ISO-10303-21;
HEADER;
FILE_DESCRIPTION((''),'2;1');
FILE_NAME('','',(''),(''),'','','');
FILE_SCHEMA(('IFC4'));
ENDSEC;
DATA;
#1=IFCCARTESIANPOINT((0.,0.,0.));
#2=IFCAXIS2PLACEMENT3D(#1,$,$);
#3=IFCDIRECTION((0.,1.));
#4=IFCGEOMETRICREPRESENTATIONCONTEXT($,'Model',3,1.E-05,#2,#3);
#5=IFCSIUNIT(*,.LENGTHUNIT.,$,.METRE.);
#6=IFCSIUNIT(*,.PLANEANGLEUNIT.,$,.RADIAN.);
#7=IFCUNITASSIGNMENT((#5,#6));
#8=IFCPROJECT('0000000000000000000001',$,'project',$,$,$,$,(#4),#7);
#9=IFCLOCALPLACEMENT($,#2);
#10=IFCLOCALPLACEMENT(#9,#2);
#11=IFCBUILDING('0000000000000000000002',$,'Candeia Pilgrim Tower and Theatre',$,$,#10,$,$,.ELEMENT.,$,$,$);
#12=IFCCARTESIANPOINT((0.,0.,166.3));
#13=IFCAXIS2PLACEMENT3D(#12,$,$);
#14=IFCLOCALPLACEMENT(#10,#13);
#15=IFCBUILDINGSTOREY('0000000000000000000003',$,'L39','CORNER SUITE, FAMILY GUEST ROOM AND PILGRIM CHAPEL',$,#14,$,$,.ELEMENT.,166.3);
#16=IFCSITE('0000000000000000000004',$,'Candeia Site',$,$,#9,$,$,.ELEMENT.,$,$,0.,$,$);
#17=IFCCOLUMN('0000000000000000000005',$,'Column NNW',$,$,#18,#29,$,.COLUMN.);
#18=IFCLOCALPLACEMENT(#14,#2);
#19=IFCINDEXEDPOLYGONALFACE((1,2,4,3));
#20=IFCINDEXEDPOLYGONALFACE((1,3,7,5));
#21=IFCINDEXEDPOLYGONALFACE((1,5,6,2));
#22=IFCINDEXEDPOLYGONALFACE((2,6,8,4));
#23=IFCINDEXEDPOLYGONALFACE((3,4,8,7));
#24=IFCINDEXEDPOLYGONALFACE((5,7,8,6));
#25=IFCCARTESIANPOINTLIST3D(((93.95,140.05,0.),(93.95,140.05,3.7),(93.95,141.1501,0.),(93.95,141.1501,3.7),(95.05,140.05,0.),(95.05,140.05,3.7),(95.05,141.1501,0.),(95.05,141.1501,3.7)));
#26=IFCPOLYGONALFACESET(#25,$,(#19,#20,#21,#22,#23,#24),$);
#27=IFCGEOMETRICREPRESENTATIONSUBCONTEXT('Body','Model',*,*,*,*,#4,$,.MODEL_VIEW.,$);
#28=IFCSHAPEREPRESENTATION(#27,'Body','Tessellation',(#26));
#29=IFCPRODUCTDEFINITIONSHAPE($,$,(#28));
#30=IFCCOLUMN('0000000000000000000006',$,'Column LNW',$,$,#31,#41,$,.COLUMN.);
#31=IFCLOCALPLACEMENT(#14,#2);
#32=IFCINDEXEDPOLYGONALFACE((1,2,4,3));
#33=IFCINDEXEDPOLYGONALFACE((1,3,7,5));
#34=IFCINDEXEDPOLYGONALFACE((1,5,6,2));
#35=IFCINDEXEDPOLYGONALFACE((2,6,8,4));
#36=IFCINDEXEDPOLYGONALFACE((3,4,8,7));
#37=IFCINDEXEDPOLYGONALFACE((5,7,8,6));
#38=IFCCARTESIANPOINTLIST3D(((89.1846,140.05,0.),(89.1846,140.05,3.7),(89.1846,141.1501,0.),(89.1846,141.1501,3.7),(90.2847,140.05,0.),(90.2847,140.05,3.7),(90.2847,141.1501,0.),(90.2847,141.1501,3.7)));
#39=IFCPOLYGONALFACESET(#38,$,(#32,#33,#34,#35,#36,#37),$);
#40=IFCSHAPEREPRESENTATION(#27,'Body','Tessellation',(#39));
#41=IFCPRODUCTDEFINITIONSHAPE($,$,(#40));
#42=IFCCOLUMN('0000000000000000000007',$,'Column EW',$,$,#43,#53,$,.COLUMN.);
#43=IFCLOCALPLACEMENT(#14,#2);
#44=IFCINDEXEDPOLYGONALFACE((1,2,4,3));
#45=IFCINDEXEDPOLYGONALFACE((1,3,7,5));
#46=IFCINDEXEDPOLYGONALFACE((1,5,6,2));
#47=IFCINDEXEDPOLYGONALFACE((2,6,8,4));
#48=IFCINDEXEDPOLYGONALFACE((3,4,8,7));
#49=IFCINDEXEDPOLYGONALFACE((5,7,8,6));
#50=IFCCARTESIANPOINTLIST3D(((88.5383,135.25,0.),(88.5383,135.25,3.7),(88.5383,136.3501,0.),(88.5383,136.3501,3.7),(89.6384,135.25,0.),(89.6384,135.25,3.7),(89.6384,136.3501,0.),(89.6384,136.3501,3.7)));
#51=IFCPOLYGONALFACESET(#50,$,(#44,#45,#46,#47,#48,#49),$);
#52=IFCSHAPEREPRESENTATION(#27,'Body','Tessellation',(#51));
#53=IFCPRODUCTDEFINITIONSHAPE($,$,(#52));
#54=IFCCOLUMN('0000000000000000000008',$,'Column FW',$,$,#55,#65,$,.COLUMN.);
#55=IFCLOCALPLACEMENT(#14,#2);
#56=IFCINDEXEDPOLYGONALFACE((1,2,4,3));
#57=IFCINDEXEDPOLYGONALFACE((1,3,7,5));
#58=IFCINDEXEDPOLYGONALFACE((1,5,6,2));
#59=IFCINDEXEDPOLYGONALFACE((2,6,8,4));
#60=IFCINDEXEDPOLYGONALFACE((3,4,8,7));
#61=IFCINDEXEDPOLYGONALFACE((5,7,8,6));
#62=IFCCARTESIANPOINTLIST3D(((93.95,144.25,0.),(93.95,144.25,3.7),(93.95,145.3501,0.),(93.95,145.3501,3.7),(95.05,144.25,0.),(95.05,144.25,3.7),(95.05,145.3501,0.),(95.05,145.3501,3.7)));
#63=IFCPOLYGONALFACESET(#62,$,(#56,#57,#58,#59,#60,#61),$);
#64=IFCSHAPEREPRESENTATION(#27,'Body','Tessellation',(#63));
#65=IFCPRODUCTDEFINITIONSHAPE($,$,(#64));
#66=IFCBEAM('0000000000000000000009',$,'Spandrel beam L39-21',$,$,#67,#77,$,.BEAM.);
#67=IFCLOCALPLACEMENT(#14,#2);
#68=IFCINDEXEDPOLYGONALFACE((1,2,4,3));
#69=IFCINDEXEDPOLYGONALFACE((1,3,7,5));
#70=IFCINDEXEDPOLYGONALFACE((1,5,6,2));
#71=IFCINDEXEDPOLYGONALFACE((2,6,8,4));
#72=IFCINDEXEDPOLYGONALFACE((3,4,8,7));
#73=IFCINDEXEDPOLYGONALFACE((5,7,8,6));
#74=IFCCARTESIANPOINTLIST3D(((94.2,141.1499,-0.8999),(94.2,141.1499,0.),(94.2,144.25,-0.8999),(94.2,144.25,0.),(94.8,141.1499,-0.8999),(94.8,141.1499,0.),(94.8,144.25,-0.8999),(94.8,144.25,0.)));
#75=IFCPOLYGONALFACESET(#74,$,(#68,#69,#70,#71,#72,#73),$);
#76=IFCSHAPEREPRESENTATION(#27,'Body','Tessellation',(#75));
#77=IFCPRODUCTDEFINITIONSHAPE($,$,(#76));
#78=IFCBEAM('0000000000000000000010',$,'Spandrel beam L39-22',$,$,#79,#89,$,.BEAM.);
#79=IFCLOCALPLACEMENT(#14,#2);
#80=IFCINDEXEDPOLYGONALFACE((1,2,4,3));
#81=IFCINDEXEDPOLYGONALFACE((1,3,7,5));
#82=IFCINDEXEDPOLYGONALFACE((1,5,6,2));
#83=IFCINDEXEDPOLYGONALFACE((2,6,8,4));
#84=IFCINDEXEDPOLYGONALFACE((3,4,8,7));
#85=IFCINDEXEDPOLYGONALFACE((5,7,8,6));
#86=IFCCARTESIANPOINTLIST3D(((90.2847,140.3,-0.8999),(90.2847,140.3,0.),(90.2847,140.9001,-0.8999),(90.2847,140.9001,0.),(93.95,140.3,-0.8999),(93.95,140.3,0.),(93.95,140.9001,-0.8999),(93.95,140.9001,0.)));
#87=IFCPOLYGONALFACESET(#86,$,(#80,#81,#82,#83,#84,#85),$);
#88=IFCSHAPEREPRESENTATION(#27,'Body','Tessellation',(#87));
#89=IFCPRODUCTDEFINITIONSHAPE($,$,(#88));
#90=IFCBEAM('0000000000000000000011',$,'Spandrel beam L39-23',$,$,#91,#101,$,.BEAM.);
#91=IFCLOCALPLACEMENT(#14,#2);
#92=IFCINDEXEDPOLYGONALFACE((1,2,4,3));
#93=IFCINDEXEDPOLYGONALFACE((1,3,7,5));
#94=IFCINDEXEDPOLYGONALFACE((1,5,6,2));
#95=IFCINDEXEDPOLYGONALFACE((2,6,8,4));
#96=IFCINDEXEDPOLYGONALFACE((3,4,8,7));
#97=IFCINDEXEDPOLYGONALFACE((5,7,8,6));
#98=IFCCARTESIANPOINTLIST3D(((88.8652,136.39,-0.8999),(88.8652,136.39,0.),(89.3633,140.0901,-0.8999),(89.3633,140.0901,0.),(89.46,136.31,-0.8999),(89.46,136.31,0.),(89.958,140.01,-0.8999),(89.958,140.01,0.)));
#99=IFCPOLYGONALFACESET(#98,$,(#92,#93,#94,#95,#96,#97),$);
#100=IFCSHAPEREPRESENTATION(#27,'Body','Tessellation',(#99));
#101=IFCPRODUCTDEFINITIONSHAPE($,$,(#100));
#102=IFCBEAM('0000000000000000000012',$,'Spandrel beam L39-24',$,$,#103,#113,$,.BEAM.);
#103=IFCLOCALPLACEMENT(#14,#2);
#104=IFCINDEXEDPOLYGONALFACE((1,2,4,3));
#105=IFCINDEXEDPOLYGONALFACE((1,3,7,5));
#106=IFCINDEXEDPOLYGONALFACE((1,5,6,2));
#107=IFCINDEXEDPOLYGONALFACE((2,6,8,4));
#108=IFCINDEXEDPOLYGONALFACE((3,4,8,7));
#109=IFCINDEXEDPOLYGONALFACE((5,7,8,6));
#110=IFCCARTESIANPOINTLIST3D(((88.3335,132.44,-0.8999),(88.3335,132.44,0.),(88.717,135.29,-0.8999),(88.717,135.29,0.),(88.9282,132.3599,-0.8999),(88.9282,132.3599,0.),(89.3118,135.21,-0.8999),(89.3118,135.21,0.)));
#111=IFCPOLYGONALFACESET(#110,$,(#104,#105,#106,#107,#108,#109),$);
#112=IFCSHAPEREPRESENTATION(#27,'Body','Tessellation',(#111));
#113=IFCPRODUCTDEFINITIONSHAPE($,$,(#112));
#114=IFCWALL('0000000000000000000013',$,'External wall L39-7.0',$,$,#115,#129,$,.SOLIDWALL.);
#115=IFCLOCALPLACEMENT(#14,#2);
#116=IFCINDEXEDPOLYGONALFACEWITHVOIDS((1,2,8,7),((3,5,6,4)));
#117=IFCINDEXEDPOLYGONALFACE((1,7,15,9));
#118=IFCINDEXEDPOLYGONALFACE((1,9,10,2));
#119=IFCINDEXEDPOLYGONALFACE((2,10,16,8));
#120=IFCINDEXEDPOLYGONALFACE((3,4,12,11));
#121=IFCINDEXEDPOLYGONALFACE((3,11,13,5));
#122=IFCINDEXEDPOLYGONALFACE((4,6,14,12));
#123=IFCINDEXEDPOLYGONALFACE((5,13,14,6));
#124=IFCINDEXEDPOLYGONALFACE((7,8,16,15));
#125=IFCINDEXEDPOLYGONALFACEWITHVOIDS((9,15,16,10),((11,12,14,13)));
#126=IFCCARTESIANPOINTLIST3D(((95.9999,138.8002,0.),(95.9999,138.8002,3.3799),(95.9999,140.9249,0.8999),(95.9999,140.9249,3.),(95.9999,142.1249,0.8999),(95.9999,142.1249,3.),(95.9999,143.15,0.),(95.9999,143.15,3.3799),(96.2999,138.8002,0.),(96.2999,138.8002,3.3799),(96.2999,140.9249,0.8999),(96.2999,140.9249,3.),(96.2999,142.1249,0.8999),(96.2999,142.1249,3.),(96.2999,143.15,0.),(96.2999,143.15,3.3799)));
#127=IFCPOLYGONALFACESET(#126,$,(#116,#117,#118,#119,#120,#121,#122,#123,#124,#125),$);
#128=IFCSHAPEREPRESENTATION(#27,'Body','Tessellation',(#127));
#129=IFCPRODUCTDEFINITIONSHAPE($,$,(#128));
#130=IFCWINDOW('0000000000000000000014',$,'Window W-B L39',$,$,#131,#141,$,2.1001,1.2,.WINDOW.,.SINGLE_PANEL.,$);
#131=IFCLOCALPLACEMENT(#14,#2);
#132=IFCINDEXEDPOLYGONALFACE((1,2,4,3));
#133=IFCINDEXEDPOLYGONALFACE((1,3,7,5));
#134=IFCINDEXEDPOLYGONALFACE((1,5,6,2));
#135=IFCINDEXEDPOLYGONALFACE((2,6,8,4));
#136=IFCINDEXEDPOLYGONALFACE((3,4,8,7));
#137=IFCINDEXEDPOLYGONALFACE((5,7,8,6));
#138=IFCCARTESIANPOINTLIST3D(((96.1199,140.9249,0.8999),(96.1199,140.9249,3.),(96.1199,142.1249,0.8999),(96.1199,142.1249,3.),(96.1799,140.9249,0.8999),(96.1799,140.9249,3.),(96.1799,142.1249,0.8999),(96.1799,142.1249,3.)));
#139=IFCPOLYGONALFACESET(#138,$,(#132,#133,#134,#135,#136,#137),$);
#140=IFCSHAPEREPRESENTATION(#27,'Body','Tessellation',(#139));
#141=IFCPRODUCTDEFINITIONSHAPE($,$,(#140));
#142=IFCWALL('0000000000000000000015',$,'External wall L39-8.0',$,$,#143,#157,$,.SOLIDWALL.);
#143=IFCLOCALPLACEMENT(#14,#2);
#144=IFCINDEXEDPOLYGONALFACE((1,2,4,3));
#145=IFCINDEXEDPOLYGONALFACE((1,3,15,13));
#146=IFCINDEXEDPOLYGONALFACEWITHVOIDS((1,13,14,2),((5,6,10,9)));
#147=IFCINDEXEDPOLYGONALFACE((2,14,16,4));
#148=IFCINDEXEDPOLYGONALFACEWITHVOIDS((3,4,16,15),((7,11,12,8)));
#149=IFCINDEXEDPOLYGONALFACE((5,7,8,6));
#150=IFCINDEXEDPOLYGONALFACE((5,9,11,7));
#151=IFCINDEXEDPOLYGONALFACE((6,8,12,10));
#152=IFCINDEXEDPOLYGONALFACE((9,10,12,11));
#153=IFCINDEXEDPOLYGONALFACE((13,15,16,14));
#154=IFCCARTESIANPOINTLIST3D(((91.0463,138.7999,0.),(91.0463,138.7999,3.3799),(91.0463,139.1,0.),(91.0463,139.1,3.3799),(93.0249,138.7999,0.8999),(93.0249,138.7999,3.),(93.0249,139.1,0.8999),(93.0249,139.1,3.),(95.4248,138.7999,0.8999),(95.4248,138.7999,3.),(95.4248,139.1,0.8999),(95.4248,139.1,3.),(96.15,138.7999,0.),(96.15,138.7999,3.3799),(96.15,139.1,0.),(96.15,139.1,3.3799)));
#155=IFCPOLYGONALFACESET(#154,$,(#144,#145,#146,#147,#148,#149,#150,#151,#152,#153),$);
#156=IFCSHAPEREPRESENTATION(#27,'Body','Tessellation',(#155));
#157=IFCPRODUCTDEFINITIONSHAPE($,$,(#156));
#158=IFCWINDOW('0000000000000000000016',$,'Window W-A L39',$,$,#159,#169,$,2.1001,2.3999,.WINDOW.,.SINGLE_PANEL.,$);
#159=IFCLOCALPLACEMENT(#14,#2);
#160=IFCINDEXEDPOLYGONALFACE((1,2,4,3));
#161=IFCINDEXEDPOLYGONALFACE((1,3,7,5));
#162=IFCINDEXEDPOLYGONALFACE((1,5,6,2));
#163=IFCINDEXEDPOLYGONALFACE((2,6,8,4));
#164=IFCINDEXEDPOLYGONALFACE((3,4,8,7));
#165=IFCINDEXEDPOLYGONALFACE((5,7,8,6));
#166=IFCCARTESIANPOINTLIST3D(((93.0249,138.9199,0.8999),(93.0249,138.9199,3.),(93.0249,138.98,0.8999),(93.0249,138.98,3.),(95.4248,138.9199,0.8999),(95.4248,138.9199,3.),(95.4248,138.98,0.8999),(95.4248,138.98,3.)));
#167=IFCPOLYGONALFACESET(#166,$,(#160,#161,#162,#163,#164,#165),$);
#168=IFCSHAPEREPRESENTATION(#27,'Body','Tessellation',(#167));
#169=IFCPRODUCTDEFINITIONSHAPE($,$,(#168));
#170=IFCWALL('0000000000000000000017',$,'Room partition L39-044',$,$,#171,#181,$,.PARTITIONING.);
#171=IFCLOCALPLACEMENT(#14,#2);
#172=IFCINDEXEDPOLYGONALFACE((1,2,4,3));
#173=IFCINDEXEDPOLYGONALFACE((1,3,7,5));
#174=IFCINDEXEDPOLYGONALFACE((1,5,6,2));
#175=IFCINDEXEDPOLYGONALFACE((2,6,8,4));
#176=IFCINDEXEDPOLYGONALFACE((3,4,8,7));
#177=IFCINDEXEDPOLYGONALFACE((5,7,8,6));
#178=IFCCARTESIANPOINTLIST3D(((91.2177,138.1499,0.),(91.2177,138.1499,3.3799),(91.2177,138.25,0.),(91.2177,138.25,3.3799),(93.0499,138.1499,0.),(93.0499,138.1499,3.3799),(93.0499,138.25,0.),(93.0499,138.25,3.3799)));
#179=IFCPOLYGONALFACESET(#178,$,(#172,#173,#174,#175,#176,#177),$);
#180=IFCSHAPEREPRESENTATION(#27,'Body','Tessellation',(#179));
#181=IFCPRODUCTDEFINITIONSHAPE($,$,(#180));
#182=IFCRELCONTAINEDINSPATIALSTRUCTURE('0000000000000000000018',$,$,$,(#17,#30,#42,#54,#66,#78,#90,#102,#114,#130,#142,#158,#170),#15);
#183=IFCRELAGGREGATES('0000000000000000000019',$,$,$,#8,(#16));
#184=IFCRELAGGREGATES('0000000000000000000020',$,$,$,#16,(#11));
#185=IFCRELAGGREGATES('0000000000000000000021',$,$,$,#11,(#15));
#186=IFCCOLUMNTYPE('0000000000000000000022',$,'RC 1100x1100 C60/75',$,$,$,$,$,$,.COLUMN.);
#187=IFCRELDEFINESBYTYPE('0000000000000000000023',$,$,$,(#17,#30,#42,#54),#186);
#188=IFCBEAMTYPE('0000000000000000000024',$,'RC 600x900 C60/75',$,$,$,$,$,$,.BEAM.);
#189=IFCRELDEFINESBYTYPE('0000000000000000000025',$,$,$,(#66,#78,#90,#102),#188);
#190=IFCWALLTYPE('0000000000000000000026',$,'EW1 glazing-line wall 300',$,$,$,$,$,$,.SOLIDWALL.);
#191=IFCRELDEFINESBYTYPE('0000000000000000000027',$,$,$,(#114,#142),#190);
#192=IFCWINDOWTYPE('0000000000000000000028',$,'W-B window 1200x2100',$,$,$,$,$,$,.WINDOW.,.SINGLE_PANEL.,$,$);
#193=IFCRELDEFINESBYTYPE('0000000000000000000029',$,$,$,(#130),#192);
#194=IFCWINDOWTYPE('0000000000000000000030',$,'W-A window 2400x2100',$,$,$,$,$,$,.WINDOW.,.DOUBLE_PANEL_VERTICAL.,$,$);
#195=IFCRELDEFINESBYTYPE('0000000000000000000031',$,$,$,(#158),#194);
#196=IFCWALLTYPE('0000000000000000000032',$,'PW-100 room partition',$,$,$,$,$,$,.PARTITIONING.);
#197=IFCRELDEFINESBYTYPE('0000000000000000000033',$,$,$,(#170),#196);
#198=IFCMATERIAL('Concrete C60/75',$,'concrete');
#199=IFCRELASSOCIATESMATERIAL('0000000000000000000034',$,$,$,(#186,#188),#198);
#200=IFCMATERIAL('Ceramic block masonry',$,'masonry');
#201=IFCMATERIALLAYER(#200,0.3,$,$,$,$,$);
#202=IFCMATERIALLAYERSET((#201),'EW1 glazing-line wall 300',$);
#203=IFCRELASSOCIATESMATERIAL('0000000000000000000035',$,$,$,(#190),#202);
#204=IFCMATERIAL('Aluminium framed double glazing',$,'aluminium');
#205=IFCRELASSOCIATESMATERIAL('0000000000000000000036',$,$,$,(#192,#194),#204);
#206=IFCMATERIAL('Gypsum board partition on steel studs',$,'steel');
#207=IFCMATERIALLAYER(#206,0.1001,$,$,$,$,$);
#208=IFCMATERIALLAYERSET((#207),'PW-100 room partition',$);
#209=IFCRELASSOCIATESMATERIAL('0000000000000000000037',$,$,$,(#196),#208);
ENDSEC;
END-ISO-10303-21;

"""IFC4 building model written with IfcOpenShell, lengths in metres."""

from ifc_helpers import new_model, si_unit, direction, frame, frame_2d, origin, origin_2d, place, context, subcontext, project, spatial, rectangle, extrude, material, layer, layer_set, material_profile, profile_set, type_object, element, fill, save


model = new_model("IFC4")

# Units and contexts
model_context = context("Model", 3, precision=1e-05, world=origin(), true_north=direction((0.0, 1.0)))
body_context = subcontext(model_context, "Body", "Model", "MODEL_VIEW")
ifc_project = project(units=[si_unit("LENGTHUNIT", "METRE"), si_unit("PLANEANGLEUNIT", "RADIAN")], contexts=[model_context])

# Site, building, storey
site_placement = place(None, origin())
site = spatial("IfcSite", under=ifc_project, at=site_placement, Name="Candeia Site", CompositionType="ELEMENT", RefElevation=0.0)
building_placement = place(site_placement, origin())
building = spatial("IfcBuilding", under=site, at=building_placement, Name="Candeia Pilgrim Tower and Theatre", CompositionType="ELEMENT")
storey_placement = place(building_placement, frame((0.0, 0.0, 166.3)))
storey = spatial("IfcBuildingStorey", under=building, at=storey_placement, Name="L39", Description="CORNER SUITE, FAMILY GUEST ROOM AND PILGRIM CHAPEL", CompositionType="ELEMENT", Elevation=166.3)

# Columns
ifc_material_1 = material(Name="Concrete C60/75", Category="concrete")
ifc_material_profile_1 = material_profile(ifc_material_1, rectangle(XDim=1.1001, YDim=1.1001, at=origin_2d()))
ifc_profile_set_1 = profile_set([ifc_material_profile_1], Name="Concrete C60/75")
column_type = type_object("IfcColumnType", Name="RC 1100x1100 C60/75", PredefinedType="COLUMN", material=ifc_profile_set_1)
for number, where, z_axis, x_axis, name in (
    (1, (94.5, 140.6001, 0.0), (0.0, 0.0, 1.0), (1.0, 0.0, 0.0), "Column NNW"),
    (2, (89.7346, 140.6001, 0.0), (0.0, 0.0, 1.0), (1.0, 0.0, 0.0), "Column LNW"),
    (3, (89.0884, 135.8, 0.0), (0.0, 0.0, 1.0), (1.0, 0.0, 0.0), "Column EW"),
    (4, (94.5, 144.8, 0.0), (0.0, 0.0, 1.0), (1.0, 0.0, 0.0), "Column FW"),
):
    element("IfcColumn", number, at=place(storey_placement, frame(where, z_axis=z_axis, x_axis=x_axis)), inside=storey, type_object=column_type, Name=name, PredefinedType="COLUMN", context=body_context, shape_type="SweptSolid", body=[
        extrude(rectangle(XDim=1.1001, YDim=1.1001, at=origin_2d()), origin(), (0.0, 0.0, 1.0), 3.7),
    ])

# Beams
ifc_material_profile_2 = material_profile(ifc_material_1, rectangle(XDim=0.6001, YDim=0.8999, at=origin_2d()))
ifc_profile_set_2 = profile_set([ifc_material_profile_2], Name="Concrete C60/75")
beam_type = type_object("IfcBeamType", Name="RC 600x900 C60/75", PredefinedType="BEAM", material=ifc_profile_set_2)
beam_1_placement = place(storey_placement, frame((94.5, 144.25, -0.45), z_axis=(0.0, -1.0, 0.0), x_axis=(1.0, 0.0, 0.0)))
element("IfcBeam", 5, at=beam_1_placement, inside=storey, type_object=beam_type, Name="Spandrel beam L39-21", PredefinedType="BEAM", context=body_context, shape_type="SweptSolid", body=[
    extrude(rectangle(XDim=0.6001, YDim=0.8999, at=origin_2d()), origin(), (0.0, 0.0, 1.0), 3.1001),
])
beam_2_placement = place(storey_placement, frame((93.95, 140.6001, -0.45), z_axis=(-1.0, 0.0, 0.0), x_axis=(0.0, -1.0, 0.0)))
element("IfcBeam", 6, at=beam_2_placement, inside=storey, type_object=beam_type, Name="Spandrel beam L39-22", PredefinedType="BEAM", context=body_context, shape_type="SweptSolid", body=[
    extrude(rectangle(XDim=0.6001, YDim=0.8999, at=origin_2d()), origin(), (0.0, 0.0, 1.0), 3.6653),
])
beam_3_placement = place(storey_placement, frame((89.6606, 140.05, -0.45), z_axis=(-0.133406, -0.991061, 0.0), x_axis=(0.991061, -0.133406, 0.0)))
element("IfcBeam", 7, at=beam_3_placement, inside=storey, type_object=beam_type, Name="Spandrel beam L39-23", PredefinedType="BEAM", context=body_context, shape_type="SweptSolid", body=[
    extrude(rectangle(XDim=0.6001, YDim=0.8999, at=origin_2d()), origin(), (0.0, 0.0, 1.0), 3.7334),
])
beam_4_placement = place(storey_placement, frame((89.0144, 135.25, -0.45), z_axis=(-0.13337, -0.991066, 0.0), x_axis=(0.991066, -0.13337, 0.0)))
element("IfcBeam", 8, at=beam_4_placement, inside=storey, type_object=beam_type, Name="Spandrel beam L39-24", PredefinedType="BEAM", context=body_context, shape_type="SweptSolid", body=[
    extrude(rectangle(XDim=0.6001, YDim=0.8999, at=origin_2d()), origin(), (0.0, 0.0, 1.0), 2.8757),
])

# Walls, openings, windows
ifc_material_2 = material(Name="Ceramic block masonry", Category="masonry")
ifc_layer_1 = layer(ifc_material_2, 0.3)
ifc_layer_set_1 = layer_set([ifc_layer_1], Name="EW1 glazing-line wall 300")
wall_type_1 = type_object("IfcWallType", Name="EW1 glazing-line wall 300", PredefinedType="SOLIDWALL", material=ifc_layer_set_1)
wall_1_placement = place(storey_placement, frame((96.1499, 143.1499, 0.0), z_axis=(0.0, 0.0, 1.0), x_axis=(0.0, -1.0, 0.0)))
wall_1 = element("IfcWall", 9, at=wall_1_placement, inside=storey, type_object=wall_type_1, Name="External wall L39-7.0", PredefinedType="SOLIDWALL", context=body_context, shape_type="SweptSolid", body=[
    extrude(rectangle(XDim=4.3499, YDim=0.3, at=frame_2d((2.1748, 0.0))), origin(), (0.0, 0.0, 1.0), 3.3799),
])
opening_1_placement = place(wall_1_placement, frame((1.0249, 0.0, 0.8999)))
opening_1 = element("IfcOpeningElement", 10, at=opening_1_placement, cuts=wall_1, PredefinedType="OPENING", context=body_context, shape_type="SweptSolid", body=[
    extrude(rectangle(XDim=1.2, YDim=2.1001, at=frame_2d((0.6001, 1.05))), frame((0.0, 0.1602, 0.0), z_axis=(0.0, -1.0, 0.0), x_axis=(1.0, 0.0, 0.0)), (0.0, 0.0, 1.0), 0.3201),
])
ifc_material_3 = material(Name="Aluminium framed double glazing", Category="aluminium")
window_type_1 = type_object("IfcWindowType", Name="W-B window 1200x2100", PartitioningType="SINGLE_PANEL", PredefinedType="WINDOW", material=ifc_material_3)
window_1_placement = place(opening_1_placement, origin())
window_1 = element("IfcWindow", 11, at=window_1_placement, inside=storey, type_object=window_type_1, Name="Window W-B L39", OverallHeight=2.1001, OverallWidth=1.2, PartitioningType="SINGLE_PANEL", PredefinedType="WINDOW", context=body_context, shape_type="SweptSolid", body=[
    extrude(rectangle(XDim=1.2, YDim=2.1001, at=frame_2d((0.6001, 1.05))), frame((0.0, 0.03, 0.0), z_axis=(0.0, -1.0, 0.0), x_axis=(1.0, 0.0, 0.0)), (0.0, 0.0, 1.0), 0.0601),
])
fill(opening_1, window_1)
wall_2_placement = place(storey_placement, frame((96.1499, 138.95, 0.0), z_axis=(0.0, 0.0, 1.0), x_axis=(-1.0, 0.0, 0.0)))
wall_2 = element("IfcWall", 12, at=wall_2_placement, inside=storey, type_object=wall_type_1, Name="External wall L39-8.0", PredefinedType="SOLIDWALL", context=body_context, shape_type="SweptSolid", body=[
    extrude(rectangle(XDim=5.1038, YDim=0.3, at=frame_2d((2.5518, 0.0))), origin(), (0.0, 0.0, 1.0), 3.3799),
])
opening_2_placement = place(wall_2_placement, frame((0.7251, 0.0, 0.8999)))
opening_2 = element("IfcOpeningElement", 13, at=opening_2_placement, cuts=wall_2, PredefinedType="OPENING", context=body_context, shape_type="SweptSolid", body=[
    extrude(rectangle(XDim=2.3999, YDim=2.1001, at=frame_2d((1.2, 1.05))), frame((0.0, 0.1602, 0.0), z_axis=(0.0, -1.0, 0.0), x_axis=(1.0, 0.0, 0.0)), (0.0, 0.0, 1.0), 0.3201),
])
window_type_2 = type_object("IfcWindowType", Name="W-A window 2400x2100", PartitioningType="DOUBLE_PANEL_VERTICAL", PredefinedType="WINDOW", material=ifc_material_3)
window_2_placement = place(opening_2_placement, origin())
window_2 = element("IfcWindow", 14, at=window_2_placement, inside=storey, type_object=window_type_2, Name="Window W-A L39", OverallHeight=2.1001, OverallWidth=2.3999, PartitioningType="SINGLE_PANEL", PredefinedType="WINDOW", context=body_context, shape_type="SweptSolid", body=[
    extrude(rectangle(XDim=2.3999, YDim=2.1001, at=frame_2d((1.2, 1.05))), frame((0.0, 0.03, 0.0), z_axis=(0.0, -1.0, 0.0), x_axis=(1.0, 0.0, 0.0)), (0.0, 0.0, 1.0), 0.0601),
])
fill(opening_2, window_2)

# Wall
ifc_material_4 = material(Name="Gypsum board partition on steel studs", Category="steel")
ifc_layer_2 = layer(ifc_material_4, 0.1001)
ifc_layer_set_2 = layer_set([ifc_layer_2], Name="PW-100 room partition")
wall_type_2 = type_object("IfcWallType", Name="PW-100 room partition", PredefinedType="PARTITIONING", material=ifc_layer_set_2)
wall_3_placement = place(storey_placement, frame((91.2178, 138.2, 0.0), z_axis=(0.0, 0.0, 1.0), x_axis=(1.0, 0.0, 0.0)))
element("IfcWall", 15, at=wall_3_placement, inside=storey, type_object=wall_type_2, Name="Room partition L39-044", PredefinedType="PARTITIONING", context=body_context, shape_type="SweptSolid", body=[
    extrude(rectangle(XDim=1.8323, YDim=0.1001, at=frame_2d((0.916, 0.0))), origin(), (0.0, 0.0, 1.0), 3.3799),
])

save(model, "model.ifc")
